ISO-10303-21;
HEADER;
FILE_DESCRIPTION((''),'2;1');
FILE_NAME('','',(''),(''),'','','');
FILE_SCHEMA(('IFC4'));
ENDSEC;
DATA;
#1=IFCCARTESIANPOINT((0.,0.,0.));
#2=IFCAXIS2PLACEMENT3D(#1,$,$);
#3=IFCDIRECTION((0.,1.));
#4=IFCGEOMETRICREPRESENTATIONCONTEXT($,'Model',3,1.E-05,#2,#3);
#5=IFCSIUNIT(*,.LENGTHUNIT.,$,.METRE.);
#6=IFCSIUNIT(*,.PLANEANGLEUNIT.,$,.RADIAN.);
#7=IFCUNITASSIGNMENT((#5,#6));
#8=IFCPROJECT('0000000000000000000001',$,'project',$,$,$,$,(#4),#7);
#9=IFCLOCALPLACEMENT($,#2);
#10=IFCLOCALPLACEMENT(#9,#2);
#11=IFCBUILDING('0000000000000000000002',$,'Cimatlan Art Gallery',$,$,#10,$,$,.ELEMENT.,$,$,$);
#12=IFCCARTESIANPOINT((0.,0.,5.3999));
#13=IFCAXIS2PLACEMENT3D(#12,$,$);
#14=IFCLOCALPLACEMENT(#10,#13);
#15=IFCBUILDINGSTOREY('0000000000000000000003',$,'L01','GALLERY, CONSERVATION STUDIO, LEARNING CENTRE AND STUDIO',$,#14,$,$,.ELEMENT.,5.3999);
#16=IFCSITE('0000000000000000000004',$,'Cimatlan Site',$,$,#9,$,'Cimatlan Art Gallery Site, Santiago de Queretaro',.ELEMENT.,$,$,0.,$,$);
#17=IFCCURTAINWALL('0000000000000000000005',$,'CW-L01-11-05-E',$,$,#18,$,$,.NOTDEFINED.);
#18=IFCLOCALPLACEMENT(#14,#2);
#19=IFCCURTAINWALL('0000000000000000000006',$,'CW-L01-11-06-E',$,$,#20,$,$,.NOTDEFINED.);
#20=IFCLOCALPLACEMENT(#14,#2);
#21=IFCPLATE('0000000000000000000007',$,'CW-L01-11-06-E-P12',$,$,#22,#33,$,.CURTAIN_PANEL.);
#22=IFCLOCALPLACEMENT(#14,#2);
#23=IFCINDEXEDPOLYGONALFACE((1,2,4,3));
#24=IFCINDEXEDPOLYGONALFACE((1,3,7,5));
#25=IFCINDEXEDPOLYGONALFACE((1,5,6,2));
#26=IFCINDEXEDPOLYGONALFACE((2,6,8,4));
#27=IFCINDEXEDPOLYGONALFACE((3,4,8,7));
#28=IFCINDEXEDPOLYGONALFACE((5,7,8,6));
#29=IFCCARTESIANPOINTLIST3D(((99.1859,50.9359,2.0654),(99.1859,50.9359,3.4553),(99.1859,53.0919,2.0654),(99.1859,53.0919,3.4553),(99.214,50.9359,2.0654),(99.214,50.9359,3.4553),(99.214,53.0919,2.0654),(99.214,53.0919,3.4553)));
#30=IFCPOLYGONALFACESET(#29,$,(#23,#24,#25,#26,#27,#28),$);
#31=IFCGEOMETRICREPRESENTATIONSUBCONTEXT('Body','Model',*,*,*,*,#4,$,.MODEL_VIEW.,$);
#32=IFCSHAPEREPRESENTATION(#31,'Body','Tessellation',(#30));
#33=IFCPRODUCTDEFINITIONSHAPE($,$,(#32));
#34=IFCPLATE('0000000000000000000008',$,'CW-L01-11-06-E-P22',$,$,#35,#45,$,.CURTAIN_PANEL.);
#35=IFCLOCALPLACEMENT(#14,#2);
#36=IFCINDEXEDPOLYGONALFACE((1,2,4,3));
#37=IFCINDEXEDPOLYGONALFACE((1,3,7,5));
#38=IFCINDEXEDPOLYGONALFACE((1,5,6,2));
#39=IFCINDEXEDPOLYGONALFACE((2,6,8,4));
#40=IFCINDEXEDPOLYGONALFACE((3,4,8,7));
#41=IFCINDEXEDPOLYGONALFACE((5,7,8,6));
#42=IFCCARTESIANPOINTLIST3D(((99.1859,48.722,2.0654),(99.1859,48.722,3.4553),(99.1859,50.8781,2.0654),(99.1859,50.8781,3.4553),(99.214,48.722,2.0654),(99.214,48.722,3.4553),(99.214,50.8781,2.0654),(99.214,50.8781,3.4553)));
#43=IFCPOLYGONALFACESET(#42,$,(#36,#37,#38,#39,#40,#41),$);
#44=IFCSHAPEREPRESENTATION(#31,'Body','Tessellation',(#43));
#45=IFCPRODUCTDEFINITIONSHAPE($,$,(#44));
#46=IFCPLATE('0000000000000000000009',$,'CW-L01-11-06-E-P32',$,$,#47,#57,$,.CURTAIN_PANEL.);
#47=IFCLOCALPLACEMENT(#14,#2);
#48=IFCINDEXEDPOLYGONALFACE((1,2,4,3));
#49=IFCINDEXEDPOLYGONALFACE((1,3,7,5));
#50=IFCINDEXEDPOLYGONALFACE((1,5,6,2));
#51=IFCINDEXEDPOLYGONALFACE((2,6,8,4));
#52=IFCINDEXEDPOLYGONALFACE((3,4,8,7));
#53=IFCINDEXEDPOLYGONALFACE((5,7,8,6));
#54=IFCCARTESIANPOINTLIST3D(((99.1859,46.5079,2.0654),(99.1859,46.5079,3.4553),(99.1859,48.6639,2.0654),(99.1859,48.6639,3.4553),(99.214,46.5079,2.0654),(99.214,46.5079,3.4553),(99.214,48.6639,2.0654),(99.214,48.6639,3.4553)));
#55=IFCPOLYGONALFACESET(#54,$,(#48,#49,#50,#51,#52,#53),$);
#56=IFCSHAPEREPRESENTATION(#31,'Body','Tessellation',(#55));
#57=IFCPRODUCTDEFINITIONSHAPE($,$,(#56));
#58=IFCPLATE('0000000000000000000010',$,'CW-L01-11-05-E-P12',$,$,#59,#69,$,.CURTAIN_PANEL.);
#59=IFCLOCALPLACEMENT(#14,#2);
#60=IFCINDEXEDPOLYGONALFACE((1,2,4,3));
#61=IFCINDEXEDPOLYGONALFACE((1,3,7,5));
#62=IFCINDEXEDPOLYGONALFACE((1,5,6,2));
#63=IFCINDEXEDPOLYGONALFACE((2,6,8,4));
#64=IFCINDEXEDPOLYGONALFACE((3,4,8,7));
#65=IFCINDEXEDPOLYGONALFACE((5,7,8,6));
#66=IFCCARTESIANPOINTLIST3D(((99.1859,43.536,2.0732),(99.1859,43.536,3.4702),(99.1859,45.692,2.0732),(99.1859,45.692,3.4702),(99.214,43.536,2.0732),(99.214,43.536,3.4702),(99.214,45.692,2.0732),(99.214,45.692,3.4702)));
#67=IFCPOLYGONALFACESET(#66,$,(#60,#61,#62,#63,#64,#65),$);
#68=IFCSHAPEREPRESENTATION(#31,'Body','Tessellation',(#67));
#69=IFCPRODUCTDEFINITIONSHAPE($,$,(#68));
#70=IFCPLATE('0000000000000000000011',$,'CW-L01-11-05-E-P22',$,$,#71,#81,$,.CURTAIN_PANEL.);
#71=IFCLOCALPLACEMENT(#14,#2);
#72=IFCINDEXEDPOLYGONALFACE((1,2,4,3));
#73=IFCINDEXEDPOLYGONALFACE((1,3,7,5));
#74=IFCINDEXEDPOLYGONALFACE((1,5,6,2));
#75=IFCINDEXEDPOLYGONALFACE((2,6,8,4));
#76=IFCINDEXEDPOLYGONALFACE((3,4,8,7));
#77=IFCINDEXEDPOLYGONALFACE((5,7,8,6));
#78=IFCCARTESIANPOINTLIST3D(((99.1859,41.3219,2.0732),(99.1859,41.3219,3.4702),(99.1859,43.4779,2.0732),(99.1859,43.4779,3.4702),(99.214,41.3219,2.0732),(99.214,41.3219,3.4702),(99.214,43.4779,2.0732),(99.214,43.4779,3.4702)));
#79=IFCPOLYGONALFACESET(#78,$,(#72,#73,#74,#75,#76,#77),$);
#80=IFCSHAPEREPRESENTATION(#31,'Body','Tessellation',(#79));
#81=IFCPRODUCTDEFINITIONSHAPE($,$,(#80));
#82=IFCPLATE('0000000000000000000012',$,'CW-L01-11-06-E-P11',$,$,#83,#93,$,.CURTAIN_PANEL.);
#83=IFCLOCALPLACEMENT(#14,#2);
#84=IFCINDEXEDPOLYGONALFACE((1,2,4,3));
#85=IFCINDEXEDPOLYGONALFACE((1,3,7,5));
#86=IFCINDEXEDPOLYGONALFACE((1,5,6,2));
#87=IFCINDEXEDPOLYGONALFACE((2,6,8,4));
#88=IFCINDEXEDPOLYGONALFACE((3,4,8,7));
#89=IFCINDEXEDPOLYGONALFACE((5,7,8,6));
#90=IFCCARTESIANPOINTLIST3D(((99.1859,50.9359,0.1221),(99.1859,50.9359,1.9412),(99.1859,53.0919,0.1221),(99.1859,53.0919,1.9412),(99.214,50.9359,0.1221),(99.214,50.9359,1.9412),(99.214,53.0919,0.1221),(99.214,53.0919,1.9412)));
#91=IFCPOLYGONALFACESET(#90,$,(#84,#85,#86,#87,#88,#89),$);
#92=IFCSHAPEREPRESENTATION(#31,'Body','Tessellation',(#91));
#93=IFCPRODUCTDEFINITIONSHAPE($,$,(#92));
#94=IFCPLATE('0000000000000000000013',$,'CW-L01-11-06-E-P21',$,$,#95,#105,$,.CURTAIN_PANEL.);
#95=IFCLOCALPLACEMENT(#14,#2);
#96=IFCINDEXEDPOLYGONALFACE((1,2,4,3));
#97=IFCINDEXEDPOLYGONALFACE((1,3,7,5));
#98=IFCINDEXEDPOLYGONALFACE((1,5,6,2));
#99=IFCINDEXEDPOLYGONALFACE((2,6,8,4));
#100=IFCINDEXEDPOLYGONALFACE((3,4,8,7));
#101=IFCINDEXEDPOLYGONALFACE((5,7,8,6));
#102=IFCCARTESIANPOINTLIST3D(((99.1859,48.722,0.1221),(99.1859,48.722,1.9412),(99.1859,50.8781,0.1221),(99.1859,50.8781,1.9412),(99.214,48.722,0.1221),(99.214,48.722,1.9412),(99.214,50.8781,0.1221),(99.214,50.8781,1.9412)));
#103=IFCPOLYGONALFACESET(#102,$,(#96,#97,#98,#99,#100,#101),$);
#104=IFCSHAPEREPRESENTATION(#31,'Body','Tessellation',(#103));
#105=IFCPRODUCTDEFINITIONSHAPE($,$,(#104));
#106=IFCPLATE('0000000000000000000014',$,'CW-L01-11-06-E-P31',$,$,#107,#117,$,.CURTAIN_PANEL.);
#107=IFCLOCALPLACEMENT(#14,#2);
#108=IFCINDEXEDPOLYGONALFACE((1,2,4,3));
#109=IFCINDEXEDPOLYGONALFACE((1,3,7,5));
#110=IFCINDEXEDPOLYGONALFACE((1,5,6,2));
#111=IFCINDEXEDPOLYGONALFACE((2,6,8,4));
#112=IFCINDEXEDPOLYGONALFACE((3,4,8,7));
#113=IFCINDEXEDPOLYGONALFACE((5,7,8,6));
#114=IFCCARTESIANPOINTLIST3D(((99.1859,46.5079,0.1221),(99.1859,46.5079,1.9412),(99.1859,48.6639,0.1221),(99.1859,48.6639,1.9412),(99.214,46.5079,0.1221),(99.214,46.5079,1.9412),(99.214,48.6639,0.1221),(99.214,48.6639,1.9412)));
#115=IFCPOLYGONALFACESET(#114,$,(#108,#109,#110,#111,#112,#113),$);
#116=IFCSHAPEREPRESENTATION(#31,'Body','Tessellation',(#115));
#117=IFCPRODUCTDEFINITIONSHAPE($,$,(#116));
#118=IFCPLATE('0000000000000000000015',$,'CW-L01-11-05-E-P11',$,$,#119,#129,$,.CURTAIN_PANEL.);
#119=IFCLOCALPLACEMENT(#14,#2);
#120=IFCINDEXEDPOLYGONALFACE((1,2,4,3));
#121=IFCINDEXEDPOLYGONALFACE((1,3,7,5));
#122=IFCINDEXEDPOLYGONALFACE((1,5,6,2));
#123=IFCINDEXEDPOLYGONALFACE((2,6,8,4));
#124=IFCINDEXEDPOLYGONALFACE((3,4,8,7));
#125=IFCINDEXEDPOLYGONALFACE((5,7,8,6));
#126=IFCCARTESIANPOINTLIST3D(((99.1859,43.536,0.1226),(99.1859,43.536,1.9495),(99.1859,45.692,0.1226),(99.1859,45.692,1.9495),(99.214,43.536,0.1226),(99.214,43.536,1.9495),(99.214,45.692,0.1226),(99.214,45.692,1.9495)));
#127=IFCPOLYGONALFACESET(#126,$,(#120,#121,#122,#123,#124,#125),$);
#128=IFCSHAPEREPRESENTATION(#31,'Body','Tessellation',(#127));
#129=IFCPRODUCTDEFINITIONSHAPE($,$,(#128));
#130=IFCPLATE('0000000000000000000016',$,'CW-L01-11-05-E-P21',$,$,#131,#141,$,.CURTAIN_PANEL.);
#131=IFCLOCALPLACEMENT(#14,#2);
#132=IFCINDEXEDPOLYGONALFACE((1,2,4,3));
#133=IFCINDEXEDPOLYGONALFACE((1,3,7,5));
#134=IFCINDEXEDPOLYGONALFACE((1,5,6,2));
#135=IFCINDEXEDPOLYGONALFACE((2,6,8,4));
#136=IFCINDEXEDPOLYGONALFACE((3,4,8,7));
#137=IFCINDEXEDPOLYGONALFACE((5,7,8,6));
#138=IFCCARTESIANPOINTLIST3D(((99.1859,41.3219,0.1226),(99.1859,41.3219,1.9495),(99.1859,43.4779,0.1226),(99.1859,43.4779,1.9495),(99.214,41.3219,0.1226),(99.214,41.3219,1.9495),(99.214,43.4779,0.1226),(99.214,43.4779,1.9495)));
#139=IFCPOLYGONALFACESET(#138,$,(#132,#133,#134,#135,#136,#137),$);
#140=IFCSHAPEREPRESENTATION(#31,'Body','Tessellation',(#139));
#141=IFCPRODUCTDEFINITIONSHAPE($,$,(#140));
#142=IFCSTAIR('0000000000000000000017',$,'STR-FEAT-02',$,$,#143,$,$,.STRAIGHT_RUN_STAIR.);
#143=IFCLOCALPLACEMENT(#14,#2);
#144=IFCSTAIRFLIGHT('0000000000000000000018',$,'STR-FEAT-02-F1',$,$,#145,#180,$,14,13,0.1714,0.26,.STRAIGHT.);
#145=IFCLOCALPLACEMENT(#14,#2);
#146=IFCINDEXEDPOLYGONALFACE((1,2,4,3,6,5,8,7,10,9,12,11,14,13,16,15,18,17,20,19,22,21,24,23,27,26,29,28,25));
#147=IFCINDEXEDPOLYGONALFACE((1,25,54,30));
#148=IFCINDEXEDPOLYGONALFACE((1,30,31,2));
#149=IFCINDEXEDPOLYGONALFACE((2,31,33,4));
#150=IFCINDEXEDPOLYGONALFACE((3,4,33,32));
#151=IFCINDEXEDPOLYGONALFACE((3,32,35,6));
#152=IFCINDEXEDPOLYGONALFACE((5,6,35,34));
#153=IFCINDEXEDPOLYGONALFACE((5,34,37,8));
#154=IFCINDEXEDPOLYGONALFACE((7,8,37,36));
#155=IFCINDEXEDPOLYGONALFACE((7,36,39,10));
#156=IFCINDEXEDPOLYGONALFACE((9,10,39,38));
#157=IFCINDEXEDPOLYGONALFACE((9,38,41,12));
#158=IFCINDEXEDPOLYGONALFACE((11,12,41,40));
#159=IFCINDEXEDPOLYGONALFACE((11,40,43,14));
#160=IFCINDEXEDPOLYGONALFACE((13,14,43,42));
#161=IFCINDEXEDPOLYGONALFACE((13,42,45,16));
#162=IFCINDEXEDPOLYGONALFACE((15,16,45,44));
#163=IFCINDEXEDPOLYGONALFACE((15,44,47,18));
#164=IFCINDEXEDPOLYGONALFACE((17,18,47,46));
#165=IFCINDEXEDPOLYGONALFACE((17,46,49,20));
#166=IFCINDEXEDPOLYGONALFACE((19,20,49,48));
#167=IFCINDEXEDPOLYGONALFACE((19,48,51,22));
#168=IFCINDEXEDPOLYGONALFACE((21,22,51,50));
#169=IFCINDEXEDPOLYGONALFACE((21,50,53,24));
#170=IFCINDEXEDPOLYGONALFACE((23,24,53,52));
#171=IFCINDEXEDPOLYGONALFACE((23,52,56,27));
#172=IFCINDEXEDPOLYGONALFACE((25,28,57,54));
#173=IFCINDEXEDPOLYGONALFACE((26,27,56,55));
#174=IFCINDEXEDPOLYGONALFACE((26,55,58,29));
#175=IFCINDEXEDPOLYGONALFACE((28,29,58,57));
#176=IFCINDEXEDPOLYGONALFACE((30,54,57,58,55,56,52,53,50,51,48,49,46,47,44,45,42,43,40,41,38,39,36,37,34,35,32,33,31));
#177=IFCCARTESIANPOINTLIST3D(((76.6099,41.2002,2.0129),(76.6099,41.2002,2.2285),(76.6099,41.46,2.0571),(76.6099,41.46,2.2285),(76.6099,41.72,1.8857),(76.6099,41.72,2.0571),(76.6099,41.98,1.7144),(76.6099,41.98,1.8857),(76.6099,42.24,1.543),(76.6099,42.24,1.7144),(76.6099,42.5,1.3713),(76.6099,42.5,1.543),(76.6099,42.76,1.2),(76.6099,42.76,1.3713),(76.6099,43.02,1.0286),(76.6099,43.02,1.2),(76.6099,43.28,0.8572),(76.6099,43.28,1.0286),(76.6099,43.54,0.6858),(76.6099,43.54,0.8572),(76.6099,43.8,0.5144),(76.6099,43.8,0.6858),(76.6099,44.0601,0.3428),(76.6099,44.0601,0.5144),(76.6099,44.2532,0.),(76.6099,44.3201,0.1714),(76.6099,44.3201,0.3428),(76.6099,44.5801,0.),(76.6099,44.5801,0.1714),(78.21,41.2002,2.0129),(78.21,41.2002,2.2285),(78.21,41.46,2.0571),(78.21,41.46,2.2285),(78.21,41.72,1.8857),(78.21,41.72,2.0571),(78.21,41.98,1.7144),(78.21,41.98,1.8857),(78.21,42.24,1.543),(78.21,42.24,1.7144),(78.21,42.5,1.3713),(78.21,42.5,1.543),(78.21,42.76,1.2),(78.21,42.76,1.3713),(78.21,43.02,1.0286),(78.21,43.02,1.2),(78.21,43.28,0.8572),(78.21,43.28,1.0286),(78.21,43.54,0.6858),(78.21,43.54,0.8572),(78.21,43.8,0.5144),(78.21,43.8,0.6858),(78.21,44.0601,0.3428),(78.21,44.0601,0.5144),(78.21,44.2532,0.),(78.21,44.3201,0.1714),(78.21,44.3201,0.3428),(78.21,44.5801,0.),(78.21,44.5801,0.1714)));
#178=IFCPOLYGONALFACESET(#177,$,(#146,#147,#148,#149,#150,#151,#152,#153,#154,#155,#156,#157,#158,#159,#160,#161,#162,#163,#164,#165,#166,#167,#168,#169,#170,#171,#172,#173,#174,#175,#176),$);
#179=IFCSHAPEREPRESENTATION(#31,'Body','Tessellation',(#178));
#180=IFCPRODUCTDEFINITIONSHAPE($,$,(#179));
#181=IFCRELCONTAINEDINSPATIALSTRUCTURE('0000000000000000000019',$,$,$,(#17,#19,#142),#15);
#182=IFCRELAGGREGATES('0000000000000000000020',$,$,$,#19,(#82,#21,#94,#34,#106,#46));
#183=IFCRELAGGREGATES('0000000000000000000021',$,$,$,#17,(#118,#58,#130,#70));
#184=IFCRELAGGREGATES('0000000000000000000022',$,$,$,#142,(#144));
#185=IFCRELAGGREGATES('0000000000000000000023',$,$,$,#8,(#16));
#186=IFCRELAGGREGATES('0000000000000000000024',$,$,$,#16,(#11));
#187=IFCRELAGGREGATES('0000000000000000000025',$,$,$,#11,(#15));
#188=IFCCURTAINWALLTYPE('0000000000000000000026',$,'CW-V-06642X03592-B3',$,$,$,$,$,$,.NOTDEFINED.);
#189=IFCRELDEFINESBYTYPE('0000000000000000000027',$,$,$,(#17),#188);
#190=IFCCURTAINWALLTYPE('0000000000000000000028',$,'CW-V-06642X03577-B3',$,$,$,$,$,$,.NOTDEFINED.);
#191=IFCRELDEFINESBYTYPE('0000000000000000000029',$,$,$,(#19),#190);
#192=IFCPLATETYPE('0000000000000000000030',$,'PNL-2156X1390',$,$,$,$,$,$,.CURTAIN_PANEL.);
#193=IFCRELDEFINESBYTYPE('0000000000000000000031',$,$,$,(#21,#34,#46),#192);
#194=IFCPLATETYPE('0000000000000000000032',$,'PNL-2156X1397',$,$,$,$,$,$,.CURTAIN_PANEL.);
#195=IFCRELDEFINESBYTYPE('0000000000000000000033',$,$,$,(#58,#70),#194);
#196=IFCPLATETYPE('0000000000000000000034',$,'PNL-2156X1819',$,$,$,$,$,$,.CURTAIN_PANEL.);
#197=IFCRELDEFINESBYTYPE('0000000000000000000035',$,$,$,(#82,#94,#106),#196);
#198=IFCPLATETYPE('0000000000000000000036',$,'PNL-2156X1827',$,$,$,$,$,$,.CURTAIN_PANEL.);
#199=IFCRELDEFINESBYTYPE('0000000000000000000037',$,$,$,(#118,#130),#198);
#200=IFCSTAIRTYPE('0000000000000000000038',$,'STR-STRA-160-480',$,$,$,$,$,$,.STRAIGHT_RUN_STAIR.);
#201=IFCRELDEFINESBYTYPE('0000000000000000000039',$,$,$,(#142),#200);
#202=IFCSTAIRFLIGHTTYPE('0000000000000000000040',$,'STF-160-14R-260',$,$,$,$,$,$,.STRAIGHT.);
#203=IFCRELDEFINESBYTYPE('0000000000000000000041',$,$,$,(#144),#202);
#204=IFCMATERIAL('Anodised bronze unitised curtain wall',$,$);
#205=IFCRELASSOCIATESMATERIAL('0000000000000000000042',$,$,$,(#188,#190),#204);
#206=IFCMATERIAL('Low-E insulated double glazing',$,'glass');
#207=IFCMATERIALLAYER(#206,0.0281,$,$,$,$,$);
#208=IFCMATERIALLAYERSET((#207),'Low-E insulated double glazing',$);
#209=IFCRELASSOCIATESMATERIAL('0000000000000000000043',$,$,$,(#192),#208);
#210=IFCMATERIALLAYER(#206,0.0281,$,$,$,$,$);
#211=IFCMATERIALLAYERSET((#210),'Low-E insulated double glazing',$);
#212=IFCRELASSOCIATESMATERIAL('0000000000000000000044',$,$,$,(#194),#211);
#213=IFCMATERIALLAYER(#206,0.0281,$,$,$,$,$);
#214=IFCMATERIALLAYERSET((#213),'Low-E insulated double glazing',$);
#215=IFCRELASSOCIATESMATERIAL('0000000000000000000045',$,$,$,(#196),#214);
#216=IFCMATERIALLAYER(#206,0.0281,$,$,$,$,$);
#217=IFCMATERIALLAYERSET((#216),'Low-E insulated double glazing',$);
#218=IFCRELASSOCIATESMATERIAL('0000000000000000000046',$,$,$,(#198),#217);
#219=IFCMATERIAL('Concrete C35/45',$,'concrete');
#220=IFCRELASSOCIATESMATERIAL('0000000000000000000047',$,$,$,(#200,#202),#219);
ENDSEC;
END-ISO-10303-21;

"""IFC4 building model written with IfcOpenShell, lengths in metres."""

from ifc_helpers import new_model, si_unit, direction, frame, origin, origin_2d, place, context, subcontext, project, spatial, polyline, rectangle, outline, extrude, material, layer, layer_set, type_object, element, aggregate, save


model = new_model("IFC4")

# Units and contexts
model_context = context("Model", 3, precision=1e-05, world=origin(), true_north=direction((0.0, 1.0)))
body_context = subcontext(model_context, "Body", "Model", "MODEL_VIEW")
ifc_project = project(units=[si_unit("LENGTHUNIT", "METRE"), si_unit("PLANEANGLEUNIT", "RADIAN")], contexts=[model_context])

# Site, building, storey
site_placement = place(None, origin())
site = spatial("IfcSite", under=ifc_project, at=site_placement, Name="Cimatlan Site", LongName="Cimatlan Art Gallery Site, Santiago de Queretaro", CompositionType="ELEMENT", RefElevation=0.0)
building_placement = place(site_placement, origin())
building = spatial("IfcBuilding", under=site, at=building_placement, Name="Cimatlan Art Gallery", CompositionType="ELEMENT")
storey_placement = place(building_placement, frame((0.0, 0.0, 5.3999)))
storey = spatial("IfcBuildingStorey", under=building, at=storey_placement, Name="L01", Description="GALLERY, CONSERVATION STUDIO, LEARNING CENTRE AND STUDIO", CompositionType="ELEMENT", Elevation=5.3999)

# Curtain walls
ifc_material_1 = material(Name="Anodised bronze unitised curtain wall")
curtain_wall_type_1 = type_object("IfcCurtainWallType", Name="CW-V-06642X03592-B3", PredefinedType="NOTDEFINED", material=ifc_material_1)
curtain_wall_1_placement = place(storey_placement, origin())
curtain_wall_1 = element("IfcCurtainWall", 1, at=curtain_wall_1_placement, inside=storey, type_object=curtain_wall_type_1, Name="CW-L01-11-05-E", PredefinedType="NOTDEFINED")
curtain_wall_type_2 = type_object("IfcCurtainWallType", Name="CW-V-06642X03577-B3", PredefinedType="NOTDEFINED", material=ifc_material_1)
curtain_wall_2_placement = place(storey_placement, origin())
curtain_wall_2 = element("IfcCurtainWall", 2, at=curtain_wall_2_placement, inside=storey, type_object=curtain_wall_type_2, Name="CW-L01-11-06-E", PredefinedType="NOTDEFINED")

# Plates
ifc_material_2 = material(Name="Low-E insulated double glazing", Category="glass")
ifc_layer_1 = layer(ifc_material_2, 0.0281)
ifc_layer_set_1 = layer_set([ifc_layer_1], Name="Low-E insulated double glazing")
plate_type_1 = type_object("IfcPlateType", Name="PNL-2156X1390", PredefinedType="CURTAIN_PANEL", material=ifc_layer_set_1)
plate_1_placement = place(storey_placement, frame((99.2, 52.0139, 2.0654), z_axis=(0.0, 0.0, 1.0), x_axis=(0.0, -1.0, 0.0)))
plate_1 = element("IfcPlate", 3, at=plate_1_placement, type_object=plate_type_1, Name="CW-L01-11-06-E-P12", PredefinedType="CURTAIN_PANEL", context=body_context, shape_type="SweptSolid", body=[
    extrude(rectangle(XDim=2.156, YDim=0.0281, at=origin_2d()), origin(), (0.0, 0.0, 1.0), 1.3899),
])
plate_2_placement = place(storey_placement, frame((99.2, 49.8, 2.0654), z_axis=(0.0, 0.0, 1.0), x_axis=(0.0, -1.0, 0.0)))
plate_2 = element("IfcPlate", 4, at=plate_2_placement, type_object=plate_type_1, Name="CW-L01-11-06-E-P22", PredefinedType="CURTAIN_PANEL", context=body_context, shape_type="SweptSolid", body=[
    extrude(rectangle(XDim=2.156, YDim=0.0281, at=origin_2d()), origin(), (0.0, 0.0, 1.0), 1.3899),
])
plate_3_placement = place(storey_placement, frame((99.2, 47.5859, 2.0654), z_axis=(0.0, 0.0, 1.0), x_axis=(0.0, -1.0, 0.0)))
plate_3 = element("IfcPlate", 5, at=plate_3_placement, type_object=plate_type_1, Name="CW-L01-11-06-E-P32", PredefinedType="CURTAIN_PANEL", context=body_context, shape_type="SweptSolid", body=[
    extrude(rectangle(XDim=2.156, YDim=0.0281, at=origin_2d()), origin(), (0.0, 0.0, 1.0), 1.3899),
])
ifc_layer_2 = layer(ifc_material_2, 0.0281)
ifc_layer_set_2 = layer_set([ifc_layer_2], Name="Low-E insulated double glazing")
plate_type_2 = type_object("IfcPlateType", Name="PNL-2156X1397", PredefinedType="CURTAIN_PANEL", material=ifc_layer_set_2)
plate_4_placement = place(storey_placement, frame((99.2, 44.614, 2.0732), z_axis=(0.0, 0.0, 1.0), x_axis=(0.0, -1.0, 0.0)))
plate_4 = element("IfcPlate", 6, at=plate_4_placement, type_object=plate_type_2, Name="CW-L01-11-05-E-P12", PredefinedType="CURTAIN_PANEL", context=body_context, shape_type="SweptSolid", body=[
    extrude(rectangle(XDim=2.156, YDim=0.0281, at=origin_2d()), origin(), (0.0, 0.0, 1.0), 1.397),
])
plate_5_placement = place(storey_placement, frame((99.2, 42.3999, 2.0732), z_axis=(0.0, 0.0, 1.0), x_axis=(0.0, -1.0, 0.0)))
plate_5 = element("IfcPlate", 7, at=plate_5_placement, type_object=plate_type_2, Name="CW-L01-11-05-E-P22", PredefinedType="CURTAIN_PANEL", context=body_context, shape_type="SweptSolid", body=[
    extrude(rectangle(XDim=2.156, YDim=0.0281, at=origin_2d()), origin(), (0.0, 0.0, 1.0), 1.397),
])
ifc_layer_3 = layer(ifc_material_2, 0.0281)
ifc_layer_set_3 = layer_set([ifc_layer_3], Name="Low-E insulated double glazing")
plate_type_3 = type_object("IfcPlateType", Name="PNL-2156X1819", PredefinedType="CURTAIN_PANEL", material=ifc_layer_set_3)
plate_6_placement = place(storey_placement, frame((99.2, 52.0139, 0.1221), z_axis=(0.0, 0.0, 1.0), x_axis=(0.0, -1.0, 0.0)))
plate_6 = element("IfcPlate", 8, at=plate_6_placement, type_object=plate_type_3, Name="CW-L01-11-06-E-P11", PredefinedType="CURTAIN_PANEL", context=body_context, shape_type="SweptSolid", body=[
    extrude(rectangle(XDim=2.156, YDim=0.0281, at=origin_2d()), origin(), (0.0, 0.0, 1.0), 1.8191),
])
plate_7_placement = place(storey_placement, frame((99.2, 49.8, 0.1221), z_axis=(0.0, 0.0, 1.0), x_axis=(0.0, -1.0, 0.0)))
plate_7 = element("IfcPlate", 9, at=plate_7_placement, type_object=plate_type_3, Name="CW-L01-11-06-E-P21", PredefinedType="CURTAIN_PANEL", context=body_context, shape_type="SweptSolid", body=[
    extrude(rectangle(XDim=2.156, YDim=0.0281, at=origin_2d()), origin(), (0.0, 0.0, 1.0), 1.8191),
])
plate_8_placement = place(storey_placement, frame((99.2, 47.5859, 0.1221), z_axis=(0.0, 0.0, 1.0), x_axis=(0.0, -1.0, 0.0)))
plate_8 = element("IfcPlate", 10, at=plate_8_placement, type_object=plate_type_3, Name="CW-L01-11-06-E-P31", PredefinedType="CURTAIN_PANEL", context=body_context, shape_type="SweptSolid", body=[
    extrude(rectangle(XDim=2.156, YDim=0.0281, at=origin_2d()), origin(), (0.0, 0.0, 1.0), 1.8191),
])
aggregate(curtain_wall_2, [plate_6, plate_1, plate_7, plate_2, plate_8, plate_3])
ifc_layer_4 = layer(ifc_material_2, 0.0281)
ifc_layer_set_4 = layer_set([ifc_layer_4], Name="Low-E insulated double glazing")
plate_type_4 = type_object("IfcPlateType", Name="PNL-2156X1827", PredefinedType="CURTAIN_PANEL", material=ifc_layer_set_4)
plate_9_placement = place(storey_placement, frame((99.2, 44.614, 0.1226), z_axis=(0.0, 0.0, 1.0), x_axis=(0.0, -1.0, 0.0)))
plate_9 = element("IfcPlate", 11, at=plate_9_placement, type_object=plate_type_4, Name="CW-L01-11-05-E-P11", PredefinedType="CURTAIN_PANEL", context=body_context, shape_type="SweptSolid", body=[
    extrude(rectangle(XDim=2.156, YDim=0.0281, at=origin_2d()), origin(), (0.0, 0.0, 1.0), 1.8269),
])
plate_10_placement = place(storey_placement, frame((99.2, 42.3999, 0.1226), z_axis=(0.0, 0.0, 1.0), x_axis=(0.0, -1.0, 0.0)))
plate_10 = element("IfcPlate", 12, at=plate_10_placement, type_object=plate_type_4, Name="CW-L01-11-05-E-P21", PredefinedType="CURTAIN_PANEL", context=body_context, shape_type="SweptSolid", body=[
    extrude(rectangle(XDim=2.156, YDim=0.0281, at=origin_2d()), origin(), (0.0, 0.0, 1.0), 1.8269),
])
aggregate(curtain_wall_1, [plate_9, plate_4, plate_10, plate_5])

# Stair, stair flight
ifc_material_3 = material(Name="Concrete C35/45", Category="concrete")
stair_type = type_object("IfcStairType", Name="STR-STRA-160-480", PredefinedType="STRAIGHT_RUN_STAIR", material=ifc_material_3)
stair_placement = place(storey_placement, origin())
stair = element("IfcStair", 13, at=stair_placement, inside=storey, type_object=stair_type, Name="STR-FEAT-02", PredefinedType="STRAIGHT_RUN_STAIR")
stair_flight_type = type_object("IfcStairFlightType", Name="STF-160-14R-260", PredefinedType="STRAIGHT", material=ifc_material_3)
stair_flight_1_placement = place(storey_placement, frame((77.4099, 44.5801, 0.0), z_axis=(0.0, 0.0, 1.0), x_axis=(0.0, -1.0, 0.0)))
stair_flight_1 = element("IfcStairFlight", 14, at=stair_flight_1_placement, type_object=stair_flight_type, Name="STR-FEAT-02-F1", NumberOfRisers=14, NumberOfTreads=13, PredefinedType="STRAIGHT", RiserHeight=0.1714, TreadLength=0.26, context=body_context, shape_type="SweptSolid", body=[
    extrude(outline(polyline([(0.0, 0.0), (0.0, 0.1714), (0.26, 0.1714), (0.26, 0.3428), (0.52, 0.3428), (0.52, 0.5144), (0.78, 0.5144), (0.78, 0.6858), (1.04, 0.6858), (1.04, 0.8572), (1.3, 0.8572), (1.3, 1.0286), (1.5601, 1.0286), (1.5601, 1.2), (1.8201, 1.2), (1.8201, 1.3713), (2.0801, 1.3713), (2.0801, 1.543), (2.3401, 1.543), (2.3401, 1.7144), (2.6001, 1.7144), (2.6001, 1.8857), (2.8601, 1.8857), (2.8601, 2.0571), (3.1201, 2.0571), (3.1201, 2.2285), (3.3799, 2.2285), (3.3799, 2.3999), (3.3799, 2.0129), (0.3269, 0.0), (0.0, 0.0)])), frame((0.0, 0.8, 0.0), z_axis=(0.0, -1.0, 0.0), x_axis=(1.0, 0.0, 0.0)), (0.0, 0.0, 1.0), 1.6001),
])
aggregate(stair, [stair_flight_1])

save(model, "model.ifc")
